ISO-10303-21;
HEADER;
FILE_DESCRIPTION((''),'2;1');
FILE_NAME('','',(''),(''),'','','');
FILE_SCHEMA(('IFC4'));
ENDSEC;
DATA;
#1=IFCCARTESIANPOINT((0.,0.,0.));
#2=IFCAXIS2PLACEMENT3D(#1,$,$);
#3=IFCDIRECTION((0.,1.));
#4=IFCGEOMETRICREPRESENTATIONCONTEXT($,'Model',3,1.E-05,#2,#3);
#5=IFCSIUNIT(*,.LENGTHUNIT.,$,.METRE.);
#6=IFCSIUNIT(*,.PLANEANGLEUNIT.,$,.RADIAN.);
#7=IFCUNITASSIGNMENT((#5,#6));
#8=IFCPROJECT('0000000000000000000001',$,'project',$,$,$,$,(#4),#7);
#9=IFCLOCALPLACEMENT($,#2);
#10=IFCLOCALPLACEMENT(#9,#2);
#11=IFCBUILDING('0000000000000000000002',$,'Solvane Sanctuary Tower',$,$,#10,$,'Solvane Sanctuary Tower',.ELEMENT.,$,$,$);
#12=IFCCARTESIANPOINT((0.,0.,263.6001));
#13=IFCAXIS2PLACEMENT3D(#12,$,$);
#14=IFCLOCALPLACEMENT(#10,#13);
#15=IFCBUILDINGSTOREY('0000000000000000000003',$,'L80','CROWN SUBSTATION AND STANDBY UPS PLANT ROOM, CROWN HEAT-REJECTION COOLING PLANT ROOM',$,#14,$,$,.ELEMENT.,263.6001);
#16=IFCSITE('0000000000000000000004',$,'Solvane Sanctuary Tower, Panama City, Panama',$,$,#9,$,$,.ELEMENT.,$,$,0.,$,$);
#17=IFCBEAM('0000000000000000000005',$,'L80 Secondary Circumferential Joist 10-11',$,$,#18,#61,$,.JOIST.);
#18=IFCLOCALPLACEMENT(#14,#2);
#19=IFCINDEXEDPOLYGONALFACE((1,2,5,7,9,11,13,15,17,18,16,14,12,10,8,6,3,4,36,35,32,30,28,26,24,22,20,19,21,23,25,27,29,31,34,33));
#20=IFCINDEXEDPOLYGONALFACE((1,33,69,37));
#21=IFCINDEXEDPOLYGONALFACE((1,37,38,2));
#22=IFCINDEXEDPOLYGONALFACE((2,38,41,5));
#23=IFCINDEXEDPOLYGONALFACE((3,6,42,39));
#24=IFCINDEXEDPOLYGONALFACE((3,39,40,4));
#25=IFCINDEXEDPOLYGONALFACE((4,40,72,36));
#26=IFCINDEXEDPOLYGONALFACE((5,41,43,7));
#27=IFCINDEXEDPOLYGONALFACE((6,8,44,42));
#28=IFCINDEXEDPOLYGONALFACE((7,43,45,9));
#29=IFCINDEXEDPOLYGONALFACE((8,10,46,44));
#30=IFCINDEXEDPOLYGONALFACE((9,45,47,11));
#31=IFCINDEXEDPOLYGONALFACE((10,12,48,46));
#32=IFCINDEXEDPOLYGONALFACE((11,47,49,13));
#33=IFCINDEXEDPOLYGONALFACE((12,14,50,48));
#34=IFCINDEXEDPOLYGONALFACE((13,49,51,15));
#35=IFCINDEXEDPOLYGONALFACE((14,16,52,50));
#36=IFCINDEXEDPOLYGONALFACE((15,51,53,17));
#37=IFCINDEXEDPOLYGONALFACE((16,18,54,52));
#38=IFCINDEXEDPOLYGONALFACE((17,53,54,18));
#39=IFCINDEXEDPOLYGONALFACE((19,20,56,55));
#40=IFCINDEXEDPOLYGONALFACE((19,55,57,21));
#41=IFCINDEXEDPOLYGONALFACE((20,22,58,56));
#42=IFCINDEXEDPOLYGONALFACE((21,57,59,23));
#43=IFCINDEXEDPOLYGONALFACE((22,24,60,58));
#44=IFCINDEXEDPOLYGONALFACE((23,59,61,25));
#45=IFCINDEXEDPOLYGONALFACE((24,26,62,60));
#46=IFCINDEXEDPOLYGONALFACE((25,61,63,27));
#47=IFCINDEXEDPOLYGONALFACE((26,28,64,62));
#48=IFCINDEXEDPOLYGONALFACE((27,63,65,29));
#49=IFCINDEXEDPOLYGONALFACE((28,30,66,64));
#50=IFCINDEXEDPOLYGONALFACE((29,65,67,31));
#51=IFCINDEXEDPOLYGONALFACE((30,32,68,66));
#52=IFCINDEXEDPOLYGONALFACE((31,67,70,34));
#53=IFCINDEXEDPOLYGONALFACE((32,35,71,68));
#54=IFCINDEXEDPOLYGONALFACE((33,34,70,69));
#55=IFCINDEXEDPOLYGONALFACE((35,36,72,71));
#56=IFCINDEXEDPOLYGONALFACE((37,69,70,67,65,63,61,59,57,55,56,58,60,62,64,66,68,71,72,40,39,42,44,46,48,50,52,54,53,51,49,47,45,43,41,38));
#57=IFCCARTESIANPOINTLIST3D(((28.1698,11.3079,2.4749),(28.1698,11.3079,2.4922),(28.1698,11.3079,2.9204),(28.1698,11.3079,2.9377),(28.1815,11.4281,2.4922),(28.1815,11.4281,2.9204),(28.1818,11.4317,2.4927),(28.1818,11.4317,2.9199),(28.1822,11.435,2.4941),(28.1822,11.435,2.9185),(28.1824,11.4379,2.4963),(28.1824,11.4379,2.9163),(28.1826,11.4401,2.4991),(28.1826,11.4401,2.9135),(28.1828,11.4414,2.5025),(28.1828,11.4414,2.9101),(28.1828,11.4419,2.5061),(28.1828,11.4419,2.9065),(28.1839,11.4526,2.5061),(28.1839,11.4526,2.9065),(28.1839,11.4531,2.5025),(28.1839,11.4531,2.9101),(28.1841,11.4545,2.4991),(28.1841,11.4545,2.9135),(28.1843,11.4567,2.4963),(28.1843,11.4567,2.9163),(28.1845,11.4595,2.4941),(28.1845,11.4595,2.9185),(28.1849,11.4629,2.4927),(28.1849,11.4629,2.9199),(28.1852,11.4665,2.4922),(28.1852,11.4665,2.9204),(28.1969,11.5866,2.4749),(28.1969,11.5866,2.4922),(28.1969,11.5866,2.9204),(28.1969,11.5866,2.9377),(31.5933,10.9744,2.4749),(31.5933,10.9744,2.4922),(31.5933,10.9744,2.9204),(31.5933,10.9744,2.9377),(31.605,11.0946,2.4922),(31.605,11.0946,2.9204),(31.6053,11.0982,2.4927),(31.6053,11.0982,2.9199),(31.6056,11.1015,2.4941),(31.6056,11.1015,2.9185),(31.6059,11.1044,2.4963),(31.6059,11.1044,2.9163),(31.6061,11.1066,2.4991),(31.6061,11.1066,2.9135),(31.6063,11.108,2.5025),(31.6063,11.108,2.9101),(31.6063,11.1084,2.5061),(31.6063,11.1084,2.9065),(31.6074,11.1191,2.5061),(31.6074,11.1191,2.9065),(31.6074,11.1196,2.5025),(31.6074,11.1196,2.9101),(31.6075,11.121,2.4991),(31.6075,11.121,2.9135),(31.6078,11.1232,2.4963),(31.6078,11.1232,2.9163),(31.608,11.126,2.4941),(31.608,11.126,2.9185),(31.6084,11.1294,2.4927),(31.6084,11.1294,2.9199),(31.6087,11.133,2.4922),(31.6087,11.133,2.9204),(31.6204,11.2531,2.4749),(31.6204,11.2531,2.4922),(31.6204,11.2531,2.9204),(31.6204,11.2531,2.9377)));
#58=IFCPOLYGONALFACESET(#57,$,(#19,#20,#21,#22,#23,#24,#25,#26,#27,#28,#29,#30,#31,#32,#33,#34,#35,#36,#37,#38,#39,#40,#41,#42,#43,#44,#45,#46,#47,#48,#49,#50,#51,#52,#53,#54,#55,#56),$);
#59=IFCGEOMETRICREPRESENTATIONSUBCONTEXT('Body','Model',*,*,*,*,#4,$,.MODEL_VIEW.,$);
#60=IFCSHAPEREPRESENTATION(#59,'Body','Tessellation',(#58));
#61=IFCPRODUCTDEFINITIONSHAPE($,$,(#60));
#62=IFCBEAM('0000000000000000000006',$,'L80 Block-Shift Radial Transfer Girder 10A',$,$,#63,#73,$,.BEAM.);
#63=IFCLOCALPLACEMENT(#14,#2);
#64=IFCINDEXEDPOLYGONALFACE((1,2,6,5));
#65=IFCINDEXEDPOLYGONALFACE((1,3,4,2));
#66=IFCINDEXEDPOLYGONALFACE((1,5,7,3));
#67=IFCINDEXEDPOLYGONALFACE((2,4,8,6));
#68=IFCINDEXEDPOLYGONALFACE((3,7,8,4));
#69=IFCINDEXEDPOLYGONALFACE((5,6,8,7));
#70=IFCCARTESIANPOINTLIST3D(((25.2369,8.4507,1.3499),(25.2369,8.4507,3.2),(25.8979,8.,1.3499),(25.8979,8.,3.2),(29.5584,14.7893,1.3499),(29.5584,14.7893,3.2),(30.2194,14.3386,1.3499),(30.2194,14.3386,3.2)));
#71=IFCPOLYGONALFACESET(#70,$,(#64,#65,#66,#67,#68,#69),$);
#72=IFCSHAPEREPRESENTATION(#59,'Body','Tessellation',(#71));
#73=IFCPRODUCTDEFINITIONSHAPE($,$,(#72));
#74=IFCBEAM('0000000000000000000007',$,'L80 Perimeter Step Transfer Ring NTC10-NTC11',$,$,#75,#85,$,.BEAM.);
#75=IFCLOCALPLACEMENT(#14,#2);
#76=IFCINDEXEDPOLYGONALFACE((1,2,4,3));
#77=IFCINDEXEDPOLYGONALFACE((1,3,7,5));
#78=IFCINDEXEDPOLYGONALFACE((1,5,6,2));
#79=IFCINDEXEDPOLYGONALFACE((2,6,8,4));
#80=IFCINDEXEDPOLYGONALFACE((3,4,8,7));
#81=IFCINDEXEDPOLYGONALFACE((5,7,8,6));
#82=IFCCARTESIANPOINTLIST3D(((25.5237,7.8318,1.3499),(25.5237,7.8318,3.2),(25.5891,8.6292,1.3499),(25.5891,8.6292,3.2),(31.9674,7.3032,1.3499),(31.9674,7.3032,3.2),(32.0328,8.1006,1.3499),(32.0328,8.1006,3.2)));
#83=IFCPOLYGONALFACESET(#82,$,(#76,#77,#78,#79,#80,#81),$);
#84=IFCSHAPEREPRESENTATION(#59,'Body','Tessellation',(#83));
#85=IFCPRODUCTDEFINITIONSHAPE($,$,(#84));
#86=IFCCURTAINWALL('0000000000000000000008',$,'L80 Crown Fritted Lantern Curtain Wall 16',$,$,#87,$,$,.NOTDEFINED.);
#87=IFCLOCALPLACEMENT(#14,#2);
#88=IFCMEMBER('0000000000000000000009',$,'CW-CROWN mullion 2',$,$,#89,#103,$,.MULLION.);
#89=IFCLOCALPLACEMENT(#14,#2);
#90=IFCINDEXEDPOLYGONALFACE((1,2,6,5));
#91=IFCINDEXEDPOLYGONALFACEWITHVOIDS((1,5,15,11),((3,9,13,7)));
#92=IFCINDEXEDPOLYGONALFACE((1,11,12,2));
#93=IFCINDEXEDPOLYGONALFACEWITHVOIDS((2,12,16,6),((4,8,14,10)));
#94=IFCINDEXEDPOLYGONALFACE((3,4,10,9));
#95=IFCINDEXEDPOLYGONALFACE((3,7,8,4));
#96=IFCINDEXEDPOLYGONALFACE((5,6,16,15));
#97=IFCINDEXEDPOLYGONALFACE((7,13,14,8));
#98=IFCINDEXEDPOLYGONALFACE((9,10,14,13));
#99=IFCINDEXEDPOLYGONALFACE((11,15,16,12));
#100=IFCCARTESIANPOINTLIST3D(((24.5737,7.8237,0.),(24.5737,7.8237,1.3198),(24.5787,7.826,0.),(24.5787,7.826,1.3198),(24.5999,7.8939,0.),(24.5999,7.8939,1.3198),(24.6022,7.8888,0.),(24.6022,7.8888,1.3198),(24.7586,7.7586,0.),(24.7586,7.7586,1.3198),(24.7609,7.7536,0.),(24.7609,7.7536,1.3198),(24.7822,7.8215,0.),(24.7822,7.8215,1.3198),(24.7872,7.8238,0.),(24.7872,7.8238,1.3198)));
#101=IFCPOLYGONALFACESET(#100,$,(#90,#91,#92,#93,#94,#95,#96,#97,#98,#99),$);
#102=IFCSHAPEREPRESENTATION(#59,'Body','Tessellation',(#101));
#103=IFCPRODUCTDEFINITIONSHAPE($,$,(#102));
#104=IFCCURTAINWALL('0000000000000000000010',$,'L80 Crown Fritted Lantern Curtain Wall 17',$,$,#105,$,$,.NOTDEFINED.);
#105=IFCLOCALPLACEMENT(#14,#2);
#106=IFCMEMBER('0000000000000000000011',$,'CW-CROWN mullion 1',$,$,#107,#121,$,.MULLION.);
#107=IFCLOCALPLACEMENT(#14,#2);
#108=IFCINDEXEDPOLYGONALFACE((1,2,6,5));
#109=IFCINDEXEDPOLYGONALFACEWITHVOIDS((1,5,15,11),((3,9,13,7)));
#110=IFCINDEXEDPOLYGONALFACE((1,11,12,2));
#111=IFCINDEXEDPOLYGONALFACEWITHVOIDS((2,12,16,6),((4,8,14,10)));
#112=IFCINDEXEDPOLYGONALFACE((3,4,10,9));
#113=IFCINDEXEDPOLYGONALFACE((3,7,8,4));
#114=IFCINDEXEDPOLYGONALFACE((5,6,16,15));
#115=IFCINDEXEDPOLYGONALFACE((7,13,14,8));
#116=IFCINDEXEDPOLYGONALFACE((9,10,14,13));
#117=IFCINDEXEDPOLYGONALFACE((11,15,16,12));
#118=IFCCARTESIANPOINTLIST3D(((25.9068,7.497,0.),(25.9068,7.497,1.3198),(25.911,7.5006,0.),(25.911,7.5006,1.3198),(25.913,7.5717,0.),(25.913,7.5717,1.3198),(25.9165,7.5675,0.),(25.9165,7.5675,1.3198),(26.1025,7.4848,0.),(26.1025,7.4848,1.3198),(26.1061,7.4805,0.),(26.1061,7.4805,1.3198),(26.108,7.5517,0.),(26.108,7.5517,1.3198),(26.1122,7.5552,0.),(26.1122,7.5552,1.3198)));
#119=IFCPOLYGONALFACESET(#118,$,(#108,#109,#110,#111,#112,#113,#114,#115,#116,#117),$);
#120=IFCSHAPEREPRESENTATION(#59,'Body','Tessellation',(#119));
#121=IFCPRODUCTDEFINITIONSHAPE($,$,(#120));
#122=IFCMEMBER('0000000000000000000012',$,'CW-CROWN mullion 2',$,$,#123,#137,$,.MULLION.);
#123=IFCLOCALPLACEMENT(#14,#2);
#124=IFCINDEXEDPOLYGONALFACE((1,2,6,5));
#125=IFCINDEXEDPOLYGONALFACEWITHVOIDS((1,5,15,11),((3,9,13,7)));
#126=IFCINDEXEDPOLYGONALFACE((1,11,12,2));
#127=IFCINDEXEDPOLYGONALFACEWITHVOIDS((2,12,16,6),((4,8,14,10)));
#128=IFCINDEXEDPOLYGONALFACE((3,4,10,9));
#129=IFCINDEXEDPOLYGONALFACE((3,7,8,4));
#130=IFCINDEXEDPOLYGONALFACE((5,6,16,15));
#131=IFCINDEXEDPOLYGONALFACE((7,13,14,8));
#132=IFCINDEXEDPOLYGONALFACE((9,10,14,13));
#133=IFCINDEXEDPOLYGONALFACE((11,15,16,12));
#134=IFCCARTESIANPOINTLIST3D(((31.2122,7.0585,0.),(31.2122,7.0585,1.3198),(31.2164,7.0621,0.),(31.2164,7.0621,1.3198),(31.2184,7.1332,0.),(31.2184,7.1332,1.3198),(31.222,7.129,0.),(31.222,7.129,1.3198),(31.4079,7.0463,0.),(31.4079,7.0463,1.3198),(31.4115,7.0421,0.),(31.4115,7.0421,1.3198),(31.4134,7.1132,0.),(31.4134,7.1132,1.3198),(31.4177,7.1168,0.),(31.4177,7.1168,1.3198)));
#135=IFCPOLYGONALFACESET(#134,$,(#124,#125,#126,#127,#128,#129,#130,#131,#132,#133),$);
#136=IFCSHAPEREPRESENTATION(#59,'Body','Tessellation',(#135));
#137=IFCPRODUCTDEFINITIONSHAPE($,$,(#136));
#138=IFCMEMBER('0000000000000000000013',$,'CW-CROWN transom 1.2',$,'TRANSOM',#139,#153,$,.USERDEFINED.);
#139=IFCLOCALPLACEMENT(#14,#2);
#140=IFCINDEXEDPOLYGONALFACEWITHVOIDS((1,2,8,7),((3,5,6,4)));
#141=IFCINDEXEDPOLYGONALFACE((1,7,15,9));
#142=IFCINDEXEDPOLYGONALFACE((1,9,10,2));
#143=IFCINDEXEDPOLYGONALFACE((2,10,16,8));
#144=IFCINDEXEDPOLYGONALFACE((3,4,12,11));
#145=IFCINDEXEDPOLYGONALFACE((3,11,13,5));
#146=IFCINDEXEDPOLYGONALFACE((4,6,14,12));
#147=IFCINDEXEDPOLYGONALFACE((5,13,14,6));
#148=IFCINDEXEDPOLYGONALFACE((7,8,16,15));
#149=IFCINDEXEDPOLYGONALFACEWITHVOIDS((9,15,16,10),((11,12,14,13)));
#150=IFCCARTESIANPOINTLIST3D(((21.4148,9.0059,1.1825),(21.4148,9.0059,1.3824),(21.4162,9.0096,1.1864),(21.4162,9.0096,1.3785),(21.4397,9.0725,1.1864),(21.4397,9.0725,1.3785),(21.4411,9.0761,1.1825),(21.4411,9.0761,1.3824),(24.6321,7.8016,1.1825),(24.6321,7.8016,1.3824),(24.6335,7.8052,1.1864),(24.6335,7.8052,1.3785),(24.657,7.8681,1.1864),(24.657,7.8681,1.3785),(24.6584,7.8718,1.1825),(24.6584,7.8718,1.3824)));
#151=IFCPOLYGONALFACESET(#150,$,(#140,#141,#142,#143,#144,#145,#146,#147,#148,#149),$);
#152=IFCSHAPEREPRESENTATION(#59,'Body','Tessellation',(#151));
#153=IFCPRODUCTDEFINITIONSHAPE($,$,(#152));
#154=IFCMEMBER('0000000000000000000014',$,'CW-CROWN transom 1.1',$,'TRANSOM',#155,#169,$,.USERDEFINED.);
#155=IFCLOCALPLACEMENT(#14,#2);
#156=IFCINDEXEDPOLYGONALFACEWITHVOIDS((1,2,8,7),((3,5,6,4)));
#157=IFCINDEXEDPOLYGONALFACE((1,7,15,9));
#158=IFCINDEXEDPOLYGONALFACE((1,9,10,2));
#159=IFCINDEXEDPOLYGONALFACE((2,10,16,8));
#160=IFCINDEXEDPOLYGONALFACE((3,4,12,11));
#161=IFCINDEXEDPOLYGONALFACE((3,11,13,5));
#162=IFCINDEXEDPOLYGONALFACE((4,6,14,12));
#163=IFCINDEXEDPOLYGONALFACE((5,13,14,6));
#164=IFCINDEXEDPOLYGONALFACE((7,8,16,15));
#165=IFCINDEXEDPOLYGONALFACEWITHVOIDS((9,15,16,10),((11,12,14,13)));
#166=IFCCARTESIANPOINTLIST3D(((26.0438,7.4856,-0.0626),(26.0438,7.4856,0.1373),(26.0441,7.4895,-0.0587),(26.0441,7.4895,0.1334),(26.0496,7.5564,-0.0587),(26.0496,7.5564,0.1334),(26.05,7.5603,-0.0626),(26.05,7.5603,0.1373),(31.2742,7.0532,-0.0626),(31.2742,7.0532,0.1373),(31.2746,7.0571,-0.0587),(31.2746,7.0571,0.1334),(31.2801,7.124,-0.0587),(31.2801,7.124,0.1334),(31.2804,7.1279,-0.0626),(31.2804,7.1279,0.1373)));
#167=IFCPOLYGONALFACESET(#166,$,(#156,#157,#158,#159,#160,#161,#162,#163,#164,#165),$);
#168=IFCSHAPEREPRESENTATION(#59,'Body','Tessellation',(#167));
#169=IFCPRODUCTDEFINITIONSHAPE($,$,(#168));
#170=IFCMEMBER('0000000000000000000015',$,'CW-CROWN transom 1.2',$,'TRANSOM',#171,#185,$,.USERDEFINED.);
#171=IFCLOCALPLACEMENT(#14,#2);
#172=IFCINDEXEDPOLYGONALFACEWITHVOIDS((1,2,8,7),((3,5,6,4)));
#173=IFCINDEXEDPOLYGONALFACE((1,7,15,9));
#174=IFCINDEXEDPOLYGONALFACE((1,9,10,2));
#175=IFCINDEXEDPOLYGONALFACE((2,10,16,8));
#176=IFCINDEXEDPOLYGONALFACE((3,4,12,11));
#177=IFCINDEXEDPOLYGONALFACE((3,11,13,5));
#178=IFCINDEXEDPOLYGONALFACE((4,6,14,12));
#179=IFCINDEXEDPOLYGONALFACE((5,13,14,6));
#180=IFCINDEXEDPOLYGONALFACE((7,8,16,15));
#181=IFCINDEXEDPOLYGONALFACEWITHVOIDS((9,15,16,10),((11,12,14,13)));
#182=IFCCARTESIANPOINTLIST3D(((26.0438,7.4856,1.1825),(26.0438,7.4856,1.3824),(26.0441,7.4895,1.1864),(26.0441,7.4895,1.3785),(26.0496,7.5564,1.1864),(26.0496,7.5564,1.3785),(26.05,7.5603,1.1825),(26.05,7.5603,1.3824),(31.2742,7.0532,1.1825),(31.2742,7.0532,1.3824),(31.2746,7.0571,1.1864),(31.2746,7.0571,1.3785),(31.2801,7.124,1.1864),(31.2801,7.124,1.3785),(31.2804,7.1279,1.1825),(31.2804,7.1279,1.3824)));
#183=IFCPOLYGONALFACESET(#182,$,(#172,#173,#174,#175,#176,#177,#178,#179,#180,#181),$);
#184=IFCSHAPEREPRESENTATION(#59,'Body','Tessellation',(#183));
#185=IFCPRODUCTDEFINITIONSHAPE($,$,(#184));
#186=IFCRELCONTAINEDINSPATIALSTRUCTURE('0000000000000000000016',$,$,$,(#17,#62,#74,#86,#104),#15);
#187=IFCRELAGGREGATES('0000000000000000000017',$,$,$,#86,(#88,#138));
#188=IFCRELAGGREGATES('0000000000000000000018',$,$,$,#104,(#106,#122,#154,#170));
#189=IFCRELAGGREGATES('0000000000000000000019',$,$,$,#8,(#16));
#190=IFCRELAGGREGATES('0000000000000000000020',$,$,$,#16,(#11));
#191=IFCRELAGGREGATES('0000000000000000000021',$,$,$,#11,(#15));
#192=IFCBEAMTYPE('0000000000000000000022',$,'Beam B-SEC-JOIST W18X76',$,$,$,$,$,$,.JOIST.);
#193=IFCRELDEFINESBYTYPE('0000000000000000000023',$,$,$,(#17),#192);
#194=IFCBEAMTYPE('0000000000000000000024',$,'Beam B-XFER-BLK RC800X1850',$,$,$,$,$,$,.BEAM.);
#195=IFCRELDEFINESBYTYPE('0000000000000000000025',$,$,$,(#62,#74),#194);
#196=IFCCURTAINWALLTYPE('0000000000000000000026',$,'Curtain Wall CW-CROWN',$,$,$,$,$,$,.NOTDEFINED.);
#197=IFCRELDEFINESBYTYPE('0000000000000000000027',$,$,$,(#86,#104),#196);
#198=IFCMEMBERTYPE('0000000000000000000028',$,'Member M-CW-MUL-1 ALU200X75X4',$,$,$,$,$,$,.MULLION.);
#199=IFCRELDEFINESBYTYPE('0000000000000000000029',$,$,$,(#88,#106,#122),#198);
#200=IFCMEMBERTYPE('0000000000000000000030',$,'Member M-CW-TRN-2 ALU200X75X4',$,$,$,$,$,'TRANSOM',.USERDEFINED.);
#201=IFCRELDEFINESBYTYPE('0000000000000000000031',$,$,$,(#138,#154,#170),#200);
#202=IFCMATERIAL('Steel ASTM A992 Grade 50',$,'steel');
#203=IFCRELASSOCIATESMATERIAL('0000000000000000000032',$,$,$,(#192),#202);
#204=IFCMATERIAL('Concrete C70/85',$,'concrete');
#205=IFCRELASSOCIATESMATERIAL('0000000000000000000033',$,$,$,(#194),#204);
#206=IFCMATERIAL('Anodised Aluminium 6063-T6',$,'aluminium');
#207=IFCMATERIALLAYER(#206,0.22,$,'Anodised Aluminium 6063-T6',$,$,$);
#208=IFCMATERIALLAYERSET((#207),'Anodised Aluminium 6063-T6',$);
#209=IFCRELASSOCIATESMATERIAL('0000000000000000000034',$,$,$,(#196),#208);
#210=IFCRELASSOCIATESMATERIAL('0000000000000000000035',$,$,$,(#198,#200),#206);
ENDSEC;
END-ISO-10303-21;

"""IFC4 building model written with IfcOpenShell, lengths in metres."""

from ifc_helpers import new_model, si_unit, direction, frame, origin, origin_2d, place, context, subcontext, project, spatial, rectangle, hollow_rectangle, i_section, extrude, material, layer, layer_set, material_profile, profile_set, type_object, element, aggregate, save


model = new_model("IFC4")

# Units and contexts
model_context = context("Model", 3, precision=1e-05, world=origin(), true_north=direction((0.0, 1.0)))
body_context = subcontext(model_context, "Body", "Model", "MODEL_VIEW")
ifc_project = project(units=[si_unit("LENGTHUNIT", "METRE"), si_unit("PLANEANGLEUNIT", "RADIAN")], contexts=[model_context])

# Site, building, storey
site_placement = place(None, origin())
site = spatial("IfcSite", under=ifc_project, at=site_placement, Name="Solvane Sanctuary Tower, Panama City, Panama", CompositionType="ELEMENT", RefElevation=0.0)
building_placement = place(site_placement, origin())
building = spatial("IfcBuilding", under=site, at=building_placement, Name="Solvane Sanctuary Tower", LongName="Solvane Sanctuary Tower", CompositionType="ELEMENT")
storey_placement = place(building_placement, frame((0.0, 0.0, 263.6001)))
storey = spatial("IfcBuildingStorey", under=building, at=storey_placement, Name="L80", Description="CROWN SUBSTATION AND STANDBY UPS PLANT ROOM, CROWN HEAT-REJECTION COOLING PLANT ROOM", CompositionType="ELEMENT", Elevation=263.6001)

# Beams
ifc_material_1 = material(Name="Steel ASTM A992 Grade 50", Category="steel")
ifc_material_profile_1 = material_profile(ifc_material_1, i_section(OverallWidth=0.28, OverallDepth=0.4629, WebThickness=0.0107, FlangeThickness=0.0173, FilletRadius=0.0139, at=origin_2d()), Name="W18X76")
ifc_profile_set_1 = profile_set([ifc_material_profile_1], Name="Steel ASTM A992 Grade 50")
beam_type_1 = type_object("IfcBeamType", Name="Beam B-SEC-JOIST W18X76", PredefinedType="JOIST", material=ifc_profile_set_1)
beam_1_placement = place(storey_placement, frame((28.1833, 11.4473, 2.7063), z_axis=(0.995289, -0.096952, 0.0), x_axis=(0.096952, 0.995289, 0.0)))
element("IfcBeam", 1, at=beam_1_placement, inside=storey, type_object=beam_type_1, Name="L80 Secondary Circumferential Joist 10-11", PredefinedType="JOIST", context=body_context, shape_type="SweptSolid", body=[
    extrude(i_section(OverallWidth=0.28, OverallDepth=0.4629, WebThickness=0.0107, FlangeThickness=0.0173, FilletRadius=0.0139, at=origin_2d()), origin(), (0.0, 0.0, 1.0), 3.4397),
])
ifc_material_2 = material(Name="Concrete C70/85", Category="concrete")
ifc_material_profile_2 = material_profile(ifc_material_2, rectangle(XDim=0.8, YDim=1.8501, at=origin_2d()), Name="RC800X1850")
ifc_profile_set_2 = profile_set([ifc_material_profile_2], Name="Concrete C70/85")
beam_type_2 = type_object("IfcBeamType", Name="Beam B-XFER-BLK RC800X1850", PredefinedType="BEAM", material=ifc_profile_set_2)
beam_2_placement = place(storey_placement, frame((29.8889, 14.564, 2.2749), z_axis=(-0.563314, -0.826243, 0.0), x_axis=(0.826243, -0.563314, 0.0)))
element("IfcBeam", 2, at=beam_2_placement, inside=storey, type_object=beam_type_2, Name="L80 Block-Shift Radial Transfer Girder 10A", PredefinedType="BEAM", context=body_context, shape_type="SweptSolid", body=[
    extrude(rectangle(XDim=0.8, YDim=1.8501, at=origin_2d()), origin(), (0.0, 0.0, 1.0), 7.6716),
])
beam_3_placement = place(storey_placement, frame((25.5564, 8.2305, 2.2749), z_axis=(0.996652, -0.081755, 0.0), x_axis=(0.081755, 0.996652, 0.0)))
element("IfcBeam", 3, at=beam_3_placement, inside=storey, type_object=beam_type_2, Name="L80 Perimeter Step Transfer Ring NTC10-NTC11", PredefinedType="BEAM", context=body_context, shape_type="SweptSolid", body=[
    extrude(rectangle(XDim=0.8, YDim=1.8501, at=origin_2d()), origin(), (0.0, 0.0, 1.0), 6.4653),
])

# Curtain wall, member
ifc_material_3 = material(Name="Anodised Aluminium 6063-T6", Category="aluminium")
ifc_layer_1 = layer(ifc_material_3, 0.22, Name="Anodised Aluminium 6063-T6")
ifc_layer_set_1 = layer_set([ifc_layer_1], Name="Anodised Aluminium 6063-T6")
curtain_wall_type = type_object("IfcCurtainWallType", Name="Curtain Wall CW-CROWN", PredefinedType="NOTDEFINED", material=ifc_layer_set_1)
curtain_wall_1_placement = place(storey_placement, origin())
curtain_wall_1 = element("IfcCurtainWall", 4, at=curtain_wall_1_placement, inside=storey, type_object=curtain_wall_type, Name="L80 Crown Fritted Lantern Curtain Wall 16", PredefinedType="NOTDEFINED")
ifc_material_profile_3 = material_profile(ifc_material_3, hollow_rectangle(XDim=0.075, YDim=0.2, WallThickness=0.0039, at=origin_2d()), Name="ALU200X75X4")
ifc_profile_set_3 = profile_set([ifc_material_profile_3], Name="Anodised Aluminium 6063-T6")
member_type_1 = type_object("IfcMemberType", Name="Member M-CW-MUL-1 ALU200X75X4", PredefinedType="MULLION", material=ifc_profile_set_3)
member_1_placement = place(storey_placement, frame((24.6804, 7.8237, 0.0), z_axis=(0.0, 0.0, 1.0), x_axis=(0.350518, 0.936556, 0.0)))
member_1 = element("IfcMember", 5, at=member_1_placement, type_object=member_type_1, Name="CW-CROWN mullion 2", PredefinedType="MULLION", context=body_context, shape_type="SweptSolid", body=[
    extrude(hollow_rectangle(XDim=0.075, YDim=0.2, WallThickness=0.0039, at=origin_2d()), origin(), (0.0, 0.0, 1.0), 1.3198),
])

# Curtain wall, members
curtain_wall_2_placement = place(storey_placement, origin())
curtain_wall_2 = element("IfcCurtainWall", 6, at=curtain_wall_2_placement, inside=storey, type_object=curtain_wall_type, Name="L80 Crown Fritted Lantern Curtain Wall 17", PredefinedType="NOTDEFINED")
member_2_placement = place(storey_placement, frame((26.0095, 7.5261, 0.0), z_axis=(0.0, 0.0, 1.0), x_axis=(0.082376, 0.996601, 0.0)))
member_2 = element("IfcMember", 7, at=member_2_placement, type_object=member_type_1, Name="CW-CROWN mullion 1", PredefinedType="MULLION", context=body_context, shape_type="SweptSolid", body=[
    extrude(hollow_rectangle(XDim=0.075, YDim=0.2, WallThickness=0.0039, at=origin_2d()), origin(), (0.0, 0.0, 1.0), 1.3198),
])
member_3_placement = place(storey_placement, frame((31.3149, 7.0876, 0.0), z_axis=(0.0, 0.0, 1.0), x_axis=(0.082376, 0.996601, 0.0)))
member_3 = element("IfcMember", 8, at=member_3_placement, type_object=member_type_1, Name="CW-CROWN mullion 2", PredefinedType="MULLION", context=body_context, shape_type="SweptSolid", body=[
    extrude(hollow_rectangle(XDim=0.075, YDim=0.2, WallThickness=0.0039, at=origin_2d()), origin(), (0.0, 0.0, 1.0), 1.3198),
])

# Members
ifc_material_profile_4 = material_profile(ifc_material_3, hollow_rectangle(XDim=0.075, YDim=0.2, WallThickness=0.0039, at=origin_2d()), Name="ALU200X75X4")
ifc_profile_set_4 = profile_set([ifc_material_profile_4], Name="Anodised Aluminium 6063-T6")
member_type_2 = type_object("IfcMemberType", Name="Member M-CW-TRN-2 ALU200X75X4", ElementType="TRANSOM", PredefinedType="USERDEFINED", material=ifc_profile_set_4)
member_4_placement = place(storey_placement, frame((21.428, 9.041, 1.2825), z_axis=(0.936533, -0.350578, 0.0), x_axis=(0.350578, 0.936533, 0.0)))
member_4 = element("IfcMember", 9, at=member_4_placement, type_object=member_type_2, Name="CW-CROWN transom 1.2", ObjectType="TRANSOM", PredefinedType="USERDEFINED", context=body_context, shape_type="SweptSolid", body=[
    extrude(hollow_rectangle(XDim=0.075, YDim=0.2, WallThickness=0.0039, at=origin_2d()), origin(), (0.0, 0.0, 1.0), 3.4353),
])
member_5_placement = place(storey_placement, frame((26.0469, 7.5229, 0.0374), z_axis=(0.996601, -0.082383, 0.0), x_axis=(0.082383, 0.996601, 0.0)))
member_5 = element("IfcMember", 10, at=member_5_placement, type_object=member_type_2, Name="CW-CROWN transom 1.1", ObjectType="TRANSOM", PredefinedType="USERDEFINED", context=body_context, shape_type="SweptSolid", body=[
    extrude(hollow_rectangle(XDim=0.075, YDim=0.2, WallThickness=0.0039, at=origin_2d()), origin(), (0.0, 0.0, 1.0), 5.2483),
])
member_6_placement = place(storey_placement, frame((26.0469, 7.5229, 1.2825), z_axis=(0.996601, -0.082383, 0.0), x_axis=(0.082383, 0.996601, 0.0)))
member_6 = element("IfcMember", 11, at=member_6_placement, type_object=member_type_2, Name="CW-CROWN transom 1.2", ObjectType="TRANSOM", PredefinedType="USERDEFINED", context=body_context, shape_type="SweptSolid", body=[
    extrude(hollow_rectangle(XDim=0.075, YDim=0.2, WallThickness=0.0039, at=origin_2d()), origin(), (0.0, 0.0, 1.0), 5.2483),
])

aggregate(curtain_wall_1, [member_1, member_4])
aggregate(curtain_wall_2, [member_2, member_3, member_5, member_6])

save(model, "model.ifc")
